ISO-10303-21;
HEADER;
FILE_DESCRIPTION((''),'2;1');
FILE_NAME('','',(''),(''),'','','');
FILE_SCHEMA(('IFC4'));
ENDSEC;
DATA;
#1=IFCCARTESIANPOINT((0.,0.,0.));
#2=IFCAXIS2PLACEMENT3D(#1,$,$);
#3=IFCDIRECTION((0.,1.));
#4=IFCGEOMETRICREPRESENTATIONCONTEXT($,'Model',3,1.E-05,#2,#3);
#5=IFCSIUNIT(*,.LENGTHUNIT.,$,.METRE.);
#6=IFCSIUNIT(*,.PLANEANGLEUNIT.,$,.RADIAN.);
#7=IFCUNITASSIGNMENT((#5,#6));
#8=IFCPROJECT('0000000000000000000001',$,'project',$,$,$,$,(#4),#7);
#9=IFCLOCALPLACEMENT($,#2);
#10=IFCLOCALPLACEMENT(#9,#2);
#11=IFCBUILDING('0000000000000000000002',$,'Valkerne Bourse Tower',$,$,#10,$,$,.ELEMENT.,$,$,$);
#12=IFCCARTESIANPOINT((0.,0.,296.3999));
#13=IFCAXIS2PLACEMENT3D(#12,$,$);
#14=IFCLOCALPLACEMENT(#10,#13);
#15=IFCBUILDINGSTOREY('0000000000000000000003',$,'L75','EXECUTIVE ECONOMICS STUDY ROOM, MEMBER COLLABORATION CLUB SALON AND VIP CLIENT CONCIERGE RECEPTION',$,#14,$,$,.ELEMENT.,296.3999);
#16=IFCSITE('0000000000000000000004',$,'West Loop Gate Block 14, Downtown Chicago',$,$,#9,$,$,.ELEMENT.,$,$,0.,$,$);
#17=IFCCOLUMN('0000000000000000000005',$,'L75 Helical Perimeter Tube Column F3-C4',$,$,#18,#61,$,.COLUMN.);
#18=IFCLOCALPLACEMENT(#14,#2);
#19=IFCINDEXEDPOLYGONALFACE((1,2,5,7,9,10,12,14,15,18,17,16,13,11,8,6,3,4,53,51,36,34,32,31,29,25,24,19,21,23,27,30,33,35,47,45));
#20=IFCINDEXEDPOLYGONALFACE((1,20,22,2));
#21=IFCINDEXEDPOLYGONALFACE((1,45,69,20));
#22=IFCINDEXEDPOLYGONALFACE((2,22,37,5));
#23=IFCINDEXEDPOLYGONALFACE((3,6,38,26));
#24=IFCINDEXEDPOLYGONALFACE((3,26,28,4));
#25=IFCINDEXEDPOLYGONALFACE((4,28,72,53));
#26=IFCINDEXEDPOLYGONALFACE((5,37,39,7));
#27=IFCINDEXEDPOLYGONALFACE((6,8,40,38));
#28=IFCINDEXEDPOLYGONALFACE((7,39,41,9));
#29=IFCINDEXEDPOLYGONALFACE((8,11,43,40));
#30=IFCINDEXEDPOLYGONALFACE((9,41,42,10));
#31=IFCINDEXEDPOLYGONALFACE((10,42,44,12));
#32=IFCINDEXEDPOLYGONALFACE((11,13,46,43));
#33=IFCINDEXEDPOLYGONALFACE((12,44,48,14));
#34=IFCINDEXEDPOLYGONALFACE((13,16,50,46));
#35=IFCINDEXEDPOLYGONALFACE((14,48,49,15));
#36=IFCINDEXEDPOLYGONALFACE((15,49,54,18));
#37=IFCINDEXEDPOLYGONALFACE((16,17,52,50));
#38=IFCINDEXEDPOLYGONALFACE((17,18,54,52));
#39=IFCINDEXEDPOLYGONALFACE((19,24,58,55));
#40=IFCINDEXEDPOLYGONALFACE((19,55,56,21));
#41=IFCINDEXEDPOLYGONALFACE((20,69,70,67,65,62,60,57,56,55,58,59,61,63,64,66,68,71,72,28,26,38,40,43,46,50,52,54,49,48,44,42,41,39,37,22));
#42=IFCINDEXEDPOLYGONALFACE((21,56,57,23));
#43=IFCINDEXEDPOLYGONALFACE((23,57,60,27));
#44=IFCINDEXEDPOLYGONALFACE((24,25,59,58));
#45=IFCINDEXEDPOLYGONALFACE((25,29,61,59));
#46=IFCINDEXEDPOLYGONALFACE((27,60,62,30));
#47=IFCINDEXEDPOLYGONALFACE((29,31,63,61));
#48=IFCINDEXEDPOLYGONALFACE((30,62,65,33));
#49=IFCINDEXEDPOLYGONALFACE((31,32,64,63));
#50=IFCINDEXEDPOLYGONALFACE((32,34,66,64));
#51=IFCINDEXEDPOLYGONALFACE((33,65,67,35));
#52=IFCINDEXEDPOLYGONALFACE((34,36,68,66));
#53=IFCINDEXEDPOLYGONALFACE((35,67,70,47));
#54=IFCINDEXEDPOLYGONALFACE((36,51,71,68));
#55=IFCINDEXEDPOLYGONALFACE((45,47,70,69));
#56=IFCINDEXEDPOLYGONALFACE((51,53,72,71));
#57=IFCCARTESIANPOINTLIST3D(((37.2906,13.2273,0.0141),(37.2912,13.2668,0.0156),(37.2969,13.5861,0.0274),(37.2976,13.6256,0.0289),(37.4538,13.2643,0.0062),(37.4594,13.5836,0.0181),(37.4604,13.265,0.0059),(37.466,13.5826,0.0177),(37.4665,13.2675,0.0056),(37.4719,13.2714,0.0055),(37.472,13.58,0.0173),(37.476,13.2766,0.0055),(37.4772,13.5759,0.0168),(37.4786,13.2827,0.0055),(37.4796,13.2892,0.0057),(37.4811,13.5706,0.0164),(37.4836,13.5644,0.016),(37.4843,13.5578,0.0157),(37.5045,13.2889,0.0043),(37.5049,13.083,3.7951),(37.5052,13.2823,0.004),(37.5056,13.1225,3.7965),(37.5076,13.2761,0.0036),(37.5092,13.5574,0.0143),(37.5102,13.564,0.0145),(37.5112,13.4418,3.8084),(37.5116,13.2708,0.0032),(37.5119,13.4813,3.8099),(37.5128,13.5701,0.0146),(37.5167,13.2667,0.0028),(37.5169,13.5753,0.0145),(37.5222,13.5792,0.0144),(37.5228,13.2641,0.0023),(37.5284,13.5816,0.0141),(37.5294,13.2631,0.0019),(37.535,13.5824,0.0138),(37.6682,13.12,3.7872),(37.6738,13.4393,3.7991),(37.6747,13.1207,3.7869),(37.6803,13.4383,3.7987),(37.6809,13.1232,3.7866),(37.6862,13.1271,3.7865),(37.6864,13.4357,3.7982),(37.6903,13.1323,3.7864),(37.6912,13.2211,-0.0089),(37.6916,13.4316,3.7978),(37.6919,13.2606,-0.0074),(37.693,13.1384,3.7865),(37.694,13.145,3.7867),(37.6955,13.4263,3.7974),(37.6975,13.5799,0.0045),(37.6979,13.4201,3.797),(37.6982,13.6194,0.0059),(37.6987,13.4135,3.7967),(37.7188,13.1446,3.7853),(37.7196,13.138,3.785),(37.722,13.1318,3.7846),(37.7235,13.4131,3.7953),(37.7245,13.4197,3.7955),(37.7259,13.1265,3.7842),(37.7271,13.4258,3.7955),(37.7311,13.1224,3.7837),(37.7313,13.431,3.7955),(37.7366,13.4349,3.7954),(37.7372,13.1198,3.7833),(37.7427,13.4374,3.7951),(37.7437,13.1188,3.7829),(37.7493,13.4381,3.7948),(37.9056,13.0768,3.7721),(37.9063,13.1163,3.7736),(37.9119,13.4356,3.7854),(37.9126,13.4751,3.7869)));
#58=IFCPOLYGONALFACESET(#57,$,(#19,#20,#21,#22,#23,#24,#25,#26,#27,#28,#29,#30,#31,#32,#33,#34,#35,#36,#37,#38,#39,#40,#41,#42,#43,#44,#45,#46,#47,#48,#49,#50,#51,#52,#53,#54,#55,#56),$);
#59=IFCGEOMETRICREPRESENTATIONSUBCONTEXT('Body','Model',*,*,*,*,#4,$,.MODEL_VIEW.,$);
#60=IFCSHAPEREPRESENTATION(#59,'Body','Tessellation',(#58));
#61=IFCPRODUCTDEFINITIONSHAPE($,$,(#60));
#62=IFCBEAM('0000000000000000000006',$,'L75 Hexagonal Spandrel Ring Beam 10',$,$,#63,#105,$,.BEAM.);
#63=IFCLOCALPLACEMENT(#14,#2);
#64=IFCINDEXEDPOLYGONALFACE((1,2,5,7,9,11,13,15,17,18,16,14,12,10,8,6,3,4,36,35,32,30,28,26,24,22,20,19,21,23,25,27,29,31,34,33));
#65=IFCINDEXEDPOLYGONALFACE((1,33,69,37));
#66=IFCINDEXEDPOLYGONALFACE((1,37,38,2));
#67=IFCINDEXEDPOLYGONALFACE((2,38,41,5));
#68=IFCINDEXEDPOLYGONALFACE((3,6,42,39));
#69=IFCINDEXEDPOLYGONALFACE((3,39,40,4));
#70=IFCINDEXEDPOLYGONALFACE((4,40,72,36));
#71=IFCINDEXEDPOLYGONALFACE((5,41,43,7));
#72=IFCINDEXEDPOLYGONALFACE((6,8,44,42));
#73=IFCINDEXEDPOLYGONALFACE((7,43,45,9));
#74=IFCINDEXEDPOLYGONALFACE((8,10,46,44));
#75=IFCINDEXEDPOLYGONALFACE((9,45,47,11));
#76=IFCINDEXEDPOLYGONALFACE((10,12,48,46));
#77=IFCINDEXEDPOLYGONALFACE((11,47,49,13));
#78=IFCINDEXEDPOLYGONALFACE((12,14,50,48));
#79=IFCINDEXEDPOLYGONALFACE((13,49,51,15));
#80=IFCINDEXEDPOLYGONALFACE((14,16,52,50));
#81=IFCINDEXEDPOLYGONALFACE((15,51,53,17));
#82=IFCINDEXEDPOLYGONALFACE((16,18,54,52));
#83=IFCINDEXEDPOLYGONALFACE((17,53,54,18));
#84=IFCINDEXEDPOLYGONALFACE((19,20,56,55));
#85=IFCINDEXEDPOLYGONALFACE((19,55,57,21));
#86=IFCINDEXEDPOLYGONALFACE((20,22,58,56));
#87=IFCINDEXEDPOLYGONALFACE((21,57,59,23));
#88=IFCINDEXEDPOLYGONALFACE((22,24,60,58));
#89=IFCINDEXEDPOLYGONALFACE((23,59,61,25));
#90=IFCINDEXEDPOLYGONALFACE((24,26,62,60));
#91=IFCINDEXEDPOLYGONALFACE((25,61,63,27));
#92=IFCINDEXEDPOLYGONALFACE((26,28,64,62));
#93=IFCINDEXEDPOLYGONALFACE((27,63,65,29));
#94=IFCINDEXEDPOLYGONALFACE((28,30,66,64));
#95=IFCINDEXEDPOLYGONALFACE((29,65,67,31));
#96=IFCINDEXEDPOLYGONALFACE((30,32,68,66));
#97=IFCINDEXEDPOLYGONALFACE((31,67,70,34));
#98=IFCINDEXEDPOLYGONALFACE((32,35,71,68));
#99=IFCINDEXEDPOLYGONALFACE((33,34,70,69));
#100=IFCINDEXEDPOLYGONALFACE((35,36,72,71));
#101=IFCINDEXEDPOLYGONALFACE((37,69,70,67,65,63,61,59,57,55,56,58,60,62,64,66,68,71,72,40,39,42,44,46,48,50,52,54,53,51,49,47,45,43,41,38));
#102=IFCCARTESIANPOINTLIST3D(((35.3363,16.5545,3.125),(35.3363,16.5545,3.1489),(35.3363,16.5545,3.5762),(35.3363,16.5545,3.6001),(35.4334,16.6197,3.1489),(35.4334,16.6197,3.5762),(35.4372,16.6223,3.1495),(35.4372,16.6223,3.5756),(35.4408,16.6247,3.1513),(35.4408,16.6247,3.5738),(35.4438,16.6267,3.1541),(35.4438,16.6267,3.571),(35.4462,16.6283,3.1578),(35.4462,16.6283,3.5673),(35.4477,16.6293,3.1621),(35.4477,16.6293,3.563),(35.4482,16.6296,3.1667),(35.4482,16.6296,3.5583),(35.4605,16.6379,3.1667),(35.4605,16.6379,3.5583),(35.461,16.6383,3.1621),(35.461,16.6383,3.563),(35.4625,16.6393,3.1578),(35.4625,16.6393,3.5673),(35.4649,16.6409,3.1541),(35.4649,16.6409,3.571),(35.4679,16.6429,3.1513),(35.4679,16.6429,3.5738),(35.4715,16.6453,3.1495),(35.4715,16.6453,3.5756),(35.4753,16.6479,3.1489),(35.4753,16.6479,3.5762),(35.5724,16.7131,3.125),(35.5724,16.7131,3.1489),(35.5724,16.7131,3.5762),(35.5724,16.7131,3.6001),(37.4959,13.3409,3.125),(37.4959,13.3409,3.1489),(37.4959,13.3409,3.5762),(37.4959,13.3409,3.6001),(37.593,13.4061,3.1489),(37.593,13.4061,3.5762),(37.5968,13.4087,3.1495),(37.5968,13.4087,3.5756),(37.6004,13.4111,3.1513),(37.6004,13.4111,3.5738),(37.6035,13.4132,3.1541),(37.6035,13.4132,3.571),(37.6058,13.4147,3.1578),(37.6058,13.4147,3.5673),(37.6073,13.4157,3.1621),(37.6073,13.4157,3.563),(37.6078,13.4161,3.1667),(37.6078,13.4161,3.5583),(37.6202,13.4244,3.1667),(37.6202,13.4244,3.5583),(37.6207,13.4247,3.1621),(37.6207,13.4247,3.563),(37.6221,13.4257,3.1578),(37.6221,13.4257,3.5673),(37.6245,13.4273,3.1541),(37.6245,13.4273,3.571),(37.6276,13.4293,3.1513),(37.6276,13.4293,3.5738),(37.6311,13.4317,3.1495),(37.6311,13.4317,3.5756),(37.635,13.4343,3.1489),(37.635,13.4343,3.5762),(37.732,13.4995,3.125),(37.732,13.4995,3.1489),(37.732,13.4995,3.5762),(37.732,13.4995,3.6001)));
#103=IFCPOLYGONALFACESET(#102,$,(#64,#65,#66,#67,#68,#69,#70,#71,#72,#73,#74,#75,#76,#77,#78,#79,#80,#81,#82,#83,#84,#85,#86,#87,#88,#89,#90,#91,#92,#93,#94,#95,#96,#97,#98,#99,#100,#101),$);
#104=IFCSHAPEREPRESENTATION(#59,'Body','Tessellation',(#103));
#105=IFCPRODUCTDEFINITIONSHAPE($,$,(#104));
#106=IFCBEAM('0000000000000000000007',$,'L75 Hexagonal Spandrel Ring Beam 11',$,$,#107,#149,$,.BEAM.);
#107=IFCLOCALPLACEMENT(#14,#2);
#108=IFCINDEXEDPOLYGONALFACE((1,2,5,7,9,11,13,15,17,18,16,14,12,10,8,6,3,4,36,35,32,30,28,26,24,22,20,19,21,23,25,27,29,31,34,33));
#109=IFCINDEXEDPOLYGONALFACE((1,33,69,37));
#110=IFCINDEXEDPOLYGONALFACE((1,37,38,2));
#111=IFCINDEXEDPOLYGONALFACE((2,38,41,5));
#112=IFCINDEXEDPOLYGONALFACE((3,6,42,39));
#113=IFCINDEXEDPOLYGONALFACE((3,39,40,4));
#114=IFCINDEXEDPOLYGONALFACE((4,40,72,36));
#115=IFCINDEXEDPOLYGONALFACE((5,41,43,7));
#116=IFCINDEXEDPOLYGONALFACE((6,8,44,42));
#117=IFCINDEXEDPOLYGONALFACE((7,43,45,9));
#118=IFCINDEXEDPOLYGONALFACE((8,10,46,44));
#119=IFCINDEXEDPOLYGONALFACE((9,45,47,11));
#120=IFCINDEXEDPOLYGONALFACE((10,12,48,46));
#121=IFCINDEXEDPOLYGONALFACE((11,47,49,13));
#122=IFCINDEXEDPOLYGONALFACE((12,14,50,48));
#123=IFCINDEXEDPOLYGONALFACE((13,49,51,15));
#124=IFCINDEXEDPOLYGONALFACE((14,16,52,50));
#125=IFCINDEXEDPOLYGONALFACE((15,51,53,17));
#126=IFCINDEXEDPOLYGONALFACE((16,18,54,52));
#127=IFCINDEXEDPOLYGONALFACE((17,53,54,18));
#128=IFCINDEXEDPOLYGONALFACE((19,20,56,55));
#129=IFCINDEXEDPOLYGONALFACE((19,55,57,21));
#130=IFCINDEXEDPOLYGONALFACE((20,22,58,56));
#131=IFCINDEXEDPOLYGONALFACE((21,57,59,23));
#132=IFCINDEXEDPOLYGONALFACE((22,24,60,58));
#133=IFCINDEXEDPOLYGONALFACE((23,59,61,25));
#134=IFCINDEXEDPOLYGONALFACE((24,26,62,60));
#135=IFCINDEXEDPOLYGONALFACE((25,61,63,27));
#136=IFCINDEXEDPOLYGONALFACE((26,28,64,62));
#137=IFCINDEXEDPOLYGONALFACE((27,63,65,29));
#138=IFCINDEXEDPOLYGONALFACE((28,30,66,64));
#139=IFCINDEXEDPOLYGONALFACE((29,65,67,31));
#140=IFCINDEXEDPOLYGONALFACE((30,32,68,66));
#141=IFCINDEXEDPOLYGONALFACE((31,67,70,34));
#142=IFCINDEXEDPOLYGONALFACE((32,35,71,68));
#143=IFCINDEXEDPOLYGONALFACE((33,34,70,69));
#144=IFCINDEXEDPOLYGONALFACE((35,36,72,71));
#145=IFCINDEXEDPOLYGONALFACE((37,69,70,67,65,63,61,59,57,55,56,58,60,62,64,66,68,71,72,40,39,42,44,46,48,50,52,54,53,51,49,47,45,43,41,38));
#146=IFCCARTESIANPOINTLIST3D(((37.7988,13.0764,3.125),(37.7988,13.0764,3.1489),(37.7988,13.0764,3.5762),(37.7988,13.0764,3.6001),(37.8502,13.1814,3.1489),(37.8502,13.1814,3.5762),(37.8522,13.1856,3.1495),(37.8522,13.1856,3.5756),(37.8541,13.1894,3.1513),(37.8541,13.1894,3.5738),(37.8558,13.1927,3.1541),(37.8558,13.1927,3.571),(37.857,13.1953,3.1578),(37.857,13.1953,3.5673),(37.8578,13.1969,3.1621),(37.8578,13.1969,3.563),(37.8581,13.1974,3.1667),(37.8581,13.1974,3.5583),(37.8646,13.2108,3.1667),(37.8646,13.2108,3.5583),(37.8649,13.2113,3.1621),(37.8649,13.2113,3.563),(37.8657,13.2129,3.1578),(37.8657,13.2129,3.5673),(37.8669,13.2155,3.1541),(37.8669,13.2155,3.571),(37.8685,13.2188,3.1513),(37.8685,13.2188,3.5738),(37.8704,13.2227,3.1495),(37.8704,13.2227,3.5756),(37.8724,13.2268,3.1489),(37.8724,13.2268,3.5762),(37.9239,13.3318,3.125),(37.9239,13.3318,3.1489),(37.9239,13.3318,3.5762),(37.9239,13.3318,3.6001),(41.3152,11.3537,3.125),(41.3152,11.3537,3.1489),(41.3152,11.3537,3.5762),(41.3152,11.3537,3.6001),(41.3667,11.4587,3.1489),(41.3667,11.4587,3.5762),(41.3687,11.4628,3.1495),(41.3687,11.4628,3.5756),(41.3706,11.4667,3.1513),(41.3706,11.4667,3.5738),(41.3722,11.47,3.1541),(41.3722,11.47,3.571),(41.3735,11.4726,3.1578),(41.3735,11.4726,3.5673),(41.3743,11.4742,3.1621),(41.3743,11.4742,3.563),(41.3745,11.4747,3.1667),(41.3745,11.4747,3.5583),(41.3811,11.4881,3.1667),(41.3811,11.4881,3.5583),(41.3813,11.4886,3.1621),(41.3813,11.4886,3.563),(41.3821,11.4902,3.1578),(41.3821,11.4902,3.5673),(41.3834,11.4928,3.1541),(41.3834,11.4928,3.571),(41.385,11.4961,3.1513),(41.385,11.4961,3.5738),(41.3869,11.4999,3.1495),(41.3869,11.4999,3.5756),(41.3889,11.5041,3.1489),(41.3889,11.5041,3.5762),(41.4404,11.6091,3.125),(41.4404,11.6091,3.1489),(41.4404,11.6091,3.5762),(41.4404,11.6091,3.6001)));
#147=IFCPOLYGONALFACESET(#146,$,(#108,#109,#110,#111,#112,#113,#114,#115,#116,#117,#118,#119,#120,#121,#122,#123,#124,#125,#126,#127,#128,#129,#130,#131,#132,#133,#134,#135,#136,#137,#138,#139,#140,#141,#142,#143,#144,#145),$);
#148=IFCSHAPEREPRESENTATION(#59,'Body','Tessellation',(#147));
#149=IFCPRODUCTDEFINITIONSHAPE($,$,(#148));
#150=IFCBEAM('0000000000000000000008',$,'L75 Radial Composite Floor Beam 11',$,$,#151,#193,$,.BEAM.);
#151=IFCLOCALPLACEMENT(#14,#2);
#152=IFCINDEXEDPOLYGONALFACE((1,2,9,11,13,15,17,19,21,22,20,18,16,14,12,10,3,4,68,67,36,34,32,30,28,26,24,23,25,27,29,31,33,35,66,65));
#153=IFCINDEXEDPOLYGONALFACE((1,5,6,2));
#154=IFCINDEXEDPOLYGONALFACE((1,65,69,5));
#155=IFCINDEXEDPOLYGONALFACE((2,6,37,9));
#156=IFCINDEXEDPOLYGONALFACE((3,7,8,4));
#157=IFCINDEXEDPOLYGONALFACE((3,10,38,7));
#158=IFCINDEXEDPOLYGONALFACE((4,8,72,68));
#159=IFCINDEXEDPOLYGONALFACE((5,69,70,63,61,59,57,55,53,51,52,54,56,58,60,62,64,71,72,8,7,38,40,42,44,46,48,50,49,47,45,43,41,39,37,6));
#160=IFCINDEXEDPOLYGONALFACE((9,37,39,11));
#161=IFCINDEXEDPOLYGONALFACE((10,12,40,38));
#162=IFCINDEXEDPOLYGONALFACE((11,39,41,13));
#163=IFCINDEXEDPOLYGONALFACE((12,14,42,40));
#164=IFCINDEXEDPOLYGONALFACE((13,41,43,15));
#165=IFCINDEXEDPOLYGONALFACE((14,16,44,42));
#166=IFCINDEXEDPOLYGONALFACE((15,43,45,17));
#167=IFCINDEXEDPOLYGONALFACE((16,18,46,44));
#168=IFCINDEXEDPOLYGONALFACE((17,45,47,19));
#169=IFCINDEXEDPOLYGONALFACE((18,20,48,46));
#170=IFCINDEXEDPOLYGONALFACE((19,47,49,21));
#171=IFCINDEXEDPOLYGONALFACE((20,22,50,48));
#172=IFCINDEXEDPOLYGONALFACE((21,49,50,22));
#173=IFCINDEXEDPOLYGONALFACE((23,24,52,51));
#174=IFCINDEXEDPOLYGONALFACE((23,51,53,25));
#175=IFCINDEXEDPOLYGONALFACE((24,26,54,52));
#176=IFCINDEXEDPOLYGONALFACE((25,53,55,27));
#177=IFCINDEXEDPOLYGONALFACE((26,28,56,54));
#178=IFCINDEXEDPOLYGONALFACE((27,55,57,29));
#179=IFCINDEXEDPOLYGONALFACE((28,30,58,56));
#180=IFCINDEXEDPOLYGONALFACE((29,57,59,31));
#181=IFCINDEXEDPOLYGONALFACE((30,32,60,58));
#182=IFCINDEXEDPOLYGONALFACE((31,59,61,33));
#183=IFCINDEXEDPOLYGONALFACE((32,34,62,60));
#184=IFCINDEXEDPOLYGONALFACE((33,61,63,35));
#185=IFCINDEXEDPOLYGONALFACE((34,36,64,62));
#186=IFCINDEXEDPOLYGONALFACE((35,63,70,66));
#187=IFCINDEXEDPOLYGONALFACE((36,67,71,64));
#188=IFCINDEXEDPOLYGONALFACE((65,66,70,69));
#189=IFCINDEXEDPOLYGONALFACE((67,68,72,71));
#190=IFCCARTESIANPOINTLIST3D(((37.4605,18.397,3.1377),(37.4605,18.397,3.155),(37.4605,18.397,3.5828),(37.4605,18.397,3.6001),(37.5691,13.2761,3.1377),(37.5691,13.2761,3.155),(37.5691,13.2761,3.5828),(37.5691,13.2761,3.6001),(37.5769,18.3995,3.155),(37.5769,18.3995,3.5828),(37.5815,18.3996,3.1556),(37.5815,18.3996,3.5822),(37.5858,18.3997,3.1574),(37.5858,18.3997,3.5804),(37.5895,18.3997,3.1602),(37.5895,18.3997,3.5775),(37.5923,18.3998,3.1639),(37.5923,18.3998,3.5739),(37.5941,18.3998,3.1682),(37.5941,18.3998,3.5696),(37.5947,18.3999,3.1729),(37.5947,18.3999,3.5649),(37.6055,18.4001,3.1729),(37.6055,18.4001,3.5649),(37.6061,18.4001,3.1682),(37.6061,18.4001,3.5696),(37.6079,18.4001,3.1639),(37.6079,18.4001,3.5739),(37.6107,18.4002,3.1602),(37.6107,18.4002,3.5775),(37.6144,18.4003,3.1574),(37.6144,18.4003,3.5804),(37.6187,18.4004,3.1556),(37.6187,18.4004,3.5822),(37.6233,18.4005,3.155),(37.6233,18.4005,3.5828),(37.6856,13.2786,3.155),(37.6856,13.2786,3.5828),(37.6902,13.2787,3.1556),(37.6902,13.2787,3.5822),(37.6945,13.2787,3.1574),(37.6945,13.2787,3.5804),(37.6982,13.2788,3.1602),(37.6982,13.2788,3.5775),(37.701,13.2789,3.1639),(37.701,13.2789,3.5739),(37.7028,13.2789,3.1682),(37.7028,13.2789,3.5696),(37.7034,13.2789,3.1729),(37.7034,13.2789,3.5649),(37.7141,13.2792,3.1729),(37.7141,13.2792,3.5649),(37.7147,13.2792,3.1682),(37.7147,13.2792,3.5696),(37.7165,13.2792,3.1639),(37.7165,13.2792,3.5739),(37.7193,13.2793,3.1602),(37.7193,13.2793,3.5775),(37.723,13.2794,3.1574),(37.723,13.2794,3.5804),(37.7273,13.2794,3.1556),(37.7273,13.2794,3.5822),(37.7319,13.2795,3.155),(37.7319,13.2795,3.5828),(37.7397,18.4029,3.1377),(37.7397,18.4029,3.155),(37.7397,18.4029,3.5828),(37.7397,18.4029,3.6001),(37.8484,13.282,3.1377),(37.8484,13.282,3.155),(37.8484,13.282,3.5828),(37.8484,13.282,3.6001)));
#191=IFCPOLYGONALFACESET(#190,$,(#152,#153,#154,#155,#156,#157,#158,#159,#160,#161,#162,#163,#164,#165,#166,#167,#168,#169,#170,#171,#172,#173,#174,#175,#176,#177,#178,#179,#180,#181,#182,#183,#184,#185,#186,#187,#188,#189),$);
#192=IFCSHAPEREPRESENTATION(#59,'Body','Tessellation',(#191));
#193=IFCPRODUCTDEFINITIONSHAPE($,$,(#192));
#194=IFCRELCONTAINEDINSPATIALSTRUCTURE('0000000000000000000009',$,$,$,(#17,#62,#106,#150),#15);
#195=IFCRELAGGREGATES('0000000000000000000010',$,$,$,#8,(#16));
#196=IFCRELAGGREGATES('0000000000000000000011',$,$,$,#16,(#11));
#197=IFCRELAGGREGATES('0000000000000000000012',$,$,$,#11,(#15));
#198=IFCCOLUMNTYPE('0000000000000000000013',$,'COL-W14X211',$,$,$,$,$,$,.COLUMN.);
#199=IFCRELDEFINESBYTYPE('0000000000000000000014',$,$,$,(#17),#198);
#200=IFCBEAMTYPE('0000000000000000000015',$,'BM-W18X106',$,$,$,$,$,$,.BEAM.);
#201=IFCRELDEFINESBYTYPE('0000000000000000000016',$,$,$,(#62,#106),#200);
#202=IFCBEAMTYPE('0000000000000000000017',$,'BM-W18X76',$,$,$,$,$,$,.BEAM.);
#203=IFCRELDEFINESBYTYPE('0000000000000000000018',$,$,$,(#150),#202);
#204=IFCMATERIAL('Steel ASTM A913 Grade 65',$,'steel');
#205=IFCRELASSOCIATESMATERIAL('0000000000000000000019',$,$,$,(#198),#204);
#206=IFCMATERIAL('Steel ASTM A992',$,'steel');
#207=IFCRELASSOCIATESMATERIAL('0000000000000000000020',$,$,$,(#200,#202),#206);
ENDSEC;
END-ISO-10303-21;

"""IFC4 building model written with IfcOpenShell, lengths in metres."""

from ifc_helpers import new_model, si_unit, direction, frame, origin, origin_2d, place, context, subcontext, project, spatial, i_section, extrude, material, material_profile, profile_set, type_object, element, save


model = new_model("IFC4")

# Units and contexts
model_context = context("Model", 3, precision=1e-05, world=origin(), true_north=direction((0.0, 1.0)))
body_context = subcontext(model_context, "Body", "Model", "MODEL_VIEW")
ifc_project = project(units=[si_unit("LENGTHUNIT", "METRE"), si_unit("PLANEANGLEUNIT", "RADIAN")], contexts=[model_context])

# Site, building, storey
site_placement = place(None, origin())
site = spatial("IfcSite", under=ifc_project, at=site_placement, Name="West Loop Gate Block 14, Downtown Chicago", CompositionType="ELEMENT", RefElevation=0.0)
building_placement = place(site_placement, origin())
building = spatial("IfcBuilding", under=site, at=building_placement, Name="Valkerne Bourse Tower", CompositionType="ELEMENT")
storey_placement = place(building_placement, frame((0.0, 0.0, 296.3999)))
storey = spatial("IfcBuildingStorey", under=building, at=storey_placement, Name="L75", Description="EXECUTIVE ECONOMICS STUDY ROOM, MEMBER COLLABORATION CLUB SALON AND VIP CLIENT CONCIERGE RECEPTION", CompositionType="ELEMENT", Elevation=296.3999)

# Column
ifc_material_1 = material(Name="Steel ASTM A913 Grade 65", Category="steel")
ifc_material_profile_1 = material_profile(ifc_material_1, i_section(OverallWidth=0.4014, OverallDepth=0.3987, WebThickness=0.0249, FlangeThickness=0.0396, FilletRadius=0.0254, at=origin_2d()), Name="W14X211")
ifc_profile_set_1 = profile_set([ifc_material_profile_1], Name="Steel ASTM A913 Grade 65")
column_type = type_object("IfcColumnType", Name="COL-W14X211", PredefinedType="COLUMN", material=ifc_profile_set_1)
column_placement = place(storey_placement, frame((37.4944, 13.4233, 0.01), z_axis=(0.056561, -0.038072, 0.997673), x_axis=(0.998245, -0.015408, -0.057181)))
element("IfcColumn", 1, at=column_placement, inside=storey, type_object=column_type, Name="L75 Helical Perimeter Tube Column F3-C4", PredefinedType="COLUMN", context=body_context, shape_type="SweptSolid", body=[
    extrude(i_section(OverallWidth=0.4014, OverallDepth=0.3987, WebThickness=0.0249, FlangeThickness=0.0396, FilletRadius=0.0254, at=origin_2d()), origin(), (0.0, 0.0, 1.0), 3.7898),
])

# Beams
ifc_material_2 = material(Name="Steel ASTM A992", Category="steel")
ifc_material_profile_2 = material_profile(ifc_material_2, i_section(OverallWidth=0.2844, OverallDepth=0.4751, WebThickness=0.0149, FlangeThickness=0.0239, FilletRadius=0.0178, at=origin_2d()), Name="W18X106")
ifc_profile_set_2 = profile_set([ifc_material_profile_2], Name="Steel ASTM A992")
beam_type_1 = type_object("IfcBeamType", Name="BM-W18X106", PredefinedType="BEAM", material=ifc_profile_set_2)
beam_1_placement = place(storey_placement, frame((35.4543, 16.6338, 3.3625), z_axis=(0.557781, -0.829988, 0.0), x_axis=(0.829988, 0.557781, 0.0)))
element("IfcBeam", 2, at=beam_1_placement, inside=storey, type_object=beam_type_1, Name="L75 Hexagonal Spandrel Ring Beam 10", PredefinedType="BEAM", context=body_context, shape_type="SweptSolid", body=[
    extrude(i_section(OverallWidth=0.2844, OverallDepth=0.4751, WebThickness=0.0149, FlangeThickness=0.0239, FilletRadius=0.0178, at=origin_2d()), origin(), (0.0, 0.0, 1.0), 3.8718),
])
beam_2_placement = place(storey_placement, frame((37.8613, 13.2041, 3.3625), z_axis=(0.898027, -0.439941, 0.0), x_axis=(0.439941, 0.898027, 0.0)))
element("IfcBeam", 3, at=beam_2_placement, inside=storey, type_object=beam_type_1, Name="L75 Hexagonal Spandrel Ring Beam 11", PredefinedType="BEAM", context=body_context, shape_type="SweptSolid", body=[
    extrude(i_section(OverallWidth=0.2844, OverallDepth=0.4751, WebThickness=0.0149, FlangeThickness=0.0239, FilletRadius=0.0178, at=origin_2d()), origin(), (0.0, 0.0, 1.0), 3.9158),
])
ifc_material_profile_3 = material_profile(ifc_material_2, i_section(OverallWidth=0.2793, OverallDepth=0.4624, WebThickness=0.0107, FlangeThickness=0.0173, FilletRadius=0.0178, at=origin_2d()), Name="W18X76")
ifc_profile_set_3 = profile_set([ifc_material_profile_3], Name="Steel ASTM A992")
beam_type_2 = type_object("IfcBeamType", Name="BM-W18X76", PredefinedType="BEAM", material=ifc_profile_set_3)
beam_3_placement = place(storey_placement, frame((37.7087, 13.2791, 3.3689), z_axis=(-0.021211, 0.999775, 0.0), x_axis=(-0.999775, -0.021211, 0.0)))
element("IfcBeam", 4, at=beam_3_placement, inside=storey, type_object=beam_type_2, Name="L75 Radial Composite Floor Beam 11", PredefinedType="BEAM", context=body_context, shape_type="SweptSolid", body=[
    extrude(i_section(OverallWidth=0.2793, OverallDepth=0.4624, WebThickness=0.0107, FlangeThickness=0.0173, FilletRadius=0.0178, at=origin_2d()), origin(), (0.0, 0.0, 1.0), 5.1221),
])

save(model, "model.ifc")
